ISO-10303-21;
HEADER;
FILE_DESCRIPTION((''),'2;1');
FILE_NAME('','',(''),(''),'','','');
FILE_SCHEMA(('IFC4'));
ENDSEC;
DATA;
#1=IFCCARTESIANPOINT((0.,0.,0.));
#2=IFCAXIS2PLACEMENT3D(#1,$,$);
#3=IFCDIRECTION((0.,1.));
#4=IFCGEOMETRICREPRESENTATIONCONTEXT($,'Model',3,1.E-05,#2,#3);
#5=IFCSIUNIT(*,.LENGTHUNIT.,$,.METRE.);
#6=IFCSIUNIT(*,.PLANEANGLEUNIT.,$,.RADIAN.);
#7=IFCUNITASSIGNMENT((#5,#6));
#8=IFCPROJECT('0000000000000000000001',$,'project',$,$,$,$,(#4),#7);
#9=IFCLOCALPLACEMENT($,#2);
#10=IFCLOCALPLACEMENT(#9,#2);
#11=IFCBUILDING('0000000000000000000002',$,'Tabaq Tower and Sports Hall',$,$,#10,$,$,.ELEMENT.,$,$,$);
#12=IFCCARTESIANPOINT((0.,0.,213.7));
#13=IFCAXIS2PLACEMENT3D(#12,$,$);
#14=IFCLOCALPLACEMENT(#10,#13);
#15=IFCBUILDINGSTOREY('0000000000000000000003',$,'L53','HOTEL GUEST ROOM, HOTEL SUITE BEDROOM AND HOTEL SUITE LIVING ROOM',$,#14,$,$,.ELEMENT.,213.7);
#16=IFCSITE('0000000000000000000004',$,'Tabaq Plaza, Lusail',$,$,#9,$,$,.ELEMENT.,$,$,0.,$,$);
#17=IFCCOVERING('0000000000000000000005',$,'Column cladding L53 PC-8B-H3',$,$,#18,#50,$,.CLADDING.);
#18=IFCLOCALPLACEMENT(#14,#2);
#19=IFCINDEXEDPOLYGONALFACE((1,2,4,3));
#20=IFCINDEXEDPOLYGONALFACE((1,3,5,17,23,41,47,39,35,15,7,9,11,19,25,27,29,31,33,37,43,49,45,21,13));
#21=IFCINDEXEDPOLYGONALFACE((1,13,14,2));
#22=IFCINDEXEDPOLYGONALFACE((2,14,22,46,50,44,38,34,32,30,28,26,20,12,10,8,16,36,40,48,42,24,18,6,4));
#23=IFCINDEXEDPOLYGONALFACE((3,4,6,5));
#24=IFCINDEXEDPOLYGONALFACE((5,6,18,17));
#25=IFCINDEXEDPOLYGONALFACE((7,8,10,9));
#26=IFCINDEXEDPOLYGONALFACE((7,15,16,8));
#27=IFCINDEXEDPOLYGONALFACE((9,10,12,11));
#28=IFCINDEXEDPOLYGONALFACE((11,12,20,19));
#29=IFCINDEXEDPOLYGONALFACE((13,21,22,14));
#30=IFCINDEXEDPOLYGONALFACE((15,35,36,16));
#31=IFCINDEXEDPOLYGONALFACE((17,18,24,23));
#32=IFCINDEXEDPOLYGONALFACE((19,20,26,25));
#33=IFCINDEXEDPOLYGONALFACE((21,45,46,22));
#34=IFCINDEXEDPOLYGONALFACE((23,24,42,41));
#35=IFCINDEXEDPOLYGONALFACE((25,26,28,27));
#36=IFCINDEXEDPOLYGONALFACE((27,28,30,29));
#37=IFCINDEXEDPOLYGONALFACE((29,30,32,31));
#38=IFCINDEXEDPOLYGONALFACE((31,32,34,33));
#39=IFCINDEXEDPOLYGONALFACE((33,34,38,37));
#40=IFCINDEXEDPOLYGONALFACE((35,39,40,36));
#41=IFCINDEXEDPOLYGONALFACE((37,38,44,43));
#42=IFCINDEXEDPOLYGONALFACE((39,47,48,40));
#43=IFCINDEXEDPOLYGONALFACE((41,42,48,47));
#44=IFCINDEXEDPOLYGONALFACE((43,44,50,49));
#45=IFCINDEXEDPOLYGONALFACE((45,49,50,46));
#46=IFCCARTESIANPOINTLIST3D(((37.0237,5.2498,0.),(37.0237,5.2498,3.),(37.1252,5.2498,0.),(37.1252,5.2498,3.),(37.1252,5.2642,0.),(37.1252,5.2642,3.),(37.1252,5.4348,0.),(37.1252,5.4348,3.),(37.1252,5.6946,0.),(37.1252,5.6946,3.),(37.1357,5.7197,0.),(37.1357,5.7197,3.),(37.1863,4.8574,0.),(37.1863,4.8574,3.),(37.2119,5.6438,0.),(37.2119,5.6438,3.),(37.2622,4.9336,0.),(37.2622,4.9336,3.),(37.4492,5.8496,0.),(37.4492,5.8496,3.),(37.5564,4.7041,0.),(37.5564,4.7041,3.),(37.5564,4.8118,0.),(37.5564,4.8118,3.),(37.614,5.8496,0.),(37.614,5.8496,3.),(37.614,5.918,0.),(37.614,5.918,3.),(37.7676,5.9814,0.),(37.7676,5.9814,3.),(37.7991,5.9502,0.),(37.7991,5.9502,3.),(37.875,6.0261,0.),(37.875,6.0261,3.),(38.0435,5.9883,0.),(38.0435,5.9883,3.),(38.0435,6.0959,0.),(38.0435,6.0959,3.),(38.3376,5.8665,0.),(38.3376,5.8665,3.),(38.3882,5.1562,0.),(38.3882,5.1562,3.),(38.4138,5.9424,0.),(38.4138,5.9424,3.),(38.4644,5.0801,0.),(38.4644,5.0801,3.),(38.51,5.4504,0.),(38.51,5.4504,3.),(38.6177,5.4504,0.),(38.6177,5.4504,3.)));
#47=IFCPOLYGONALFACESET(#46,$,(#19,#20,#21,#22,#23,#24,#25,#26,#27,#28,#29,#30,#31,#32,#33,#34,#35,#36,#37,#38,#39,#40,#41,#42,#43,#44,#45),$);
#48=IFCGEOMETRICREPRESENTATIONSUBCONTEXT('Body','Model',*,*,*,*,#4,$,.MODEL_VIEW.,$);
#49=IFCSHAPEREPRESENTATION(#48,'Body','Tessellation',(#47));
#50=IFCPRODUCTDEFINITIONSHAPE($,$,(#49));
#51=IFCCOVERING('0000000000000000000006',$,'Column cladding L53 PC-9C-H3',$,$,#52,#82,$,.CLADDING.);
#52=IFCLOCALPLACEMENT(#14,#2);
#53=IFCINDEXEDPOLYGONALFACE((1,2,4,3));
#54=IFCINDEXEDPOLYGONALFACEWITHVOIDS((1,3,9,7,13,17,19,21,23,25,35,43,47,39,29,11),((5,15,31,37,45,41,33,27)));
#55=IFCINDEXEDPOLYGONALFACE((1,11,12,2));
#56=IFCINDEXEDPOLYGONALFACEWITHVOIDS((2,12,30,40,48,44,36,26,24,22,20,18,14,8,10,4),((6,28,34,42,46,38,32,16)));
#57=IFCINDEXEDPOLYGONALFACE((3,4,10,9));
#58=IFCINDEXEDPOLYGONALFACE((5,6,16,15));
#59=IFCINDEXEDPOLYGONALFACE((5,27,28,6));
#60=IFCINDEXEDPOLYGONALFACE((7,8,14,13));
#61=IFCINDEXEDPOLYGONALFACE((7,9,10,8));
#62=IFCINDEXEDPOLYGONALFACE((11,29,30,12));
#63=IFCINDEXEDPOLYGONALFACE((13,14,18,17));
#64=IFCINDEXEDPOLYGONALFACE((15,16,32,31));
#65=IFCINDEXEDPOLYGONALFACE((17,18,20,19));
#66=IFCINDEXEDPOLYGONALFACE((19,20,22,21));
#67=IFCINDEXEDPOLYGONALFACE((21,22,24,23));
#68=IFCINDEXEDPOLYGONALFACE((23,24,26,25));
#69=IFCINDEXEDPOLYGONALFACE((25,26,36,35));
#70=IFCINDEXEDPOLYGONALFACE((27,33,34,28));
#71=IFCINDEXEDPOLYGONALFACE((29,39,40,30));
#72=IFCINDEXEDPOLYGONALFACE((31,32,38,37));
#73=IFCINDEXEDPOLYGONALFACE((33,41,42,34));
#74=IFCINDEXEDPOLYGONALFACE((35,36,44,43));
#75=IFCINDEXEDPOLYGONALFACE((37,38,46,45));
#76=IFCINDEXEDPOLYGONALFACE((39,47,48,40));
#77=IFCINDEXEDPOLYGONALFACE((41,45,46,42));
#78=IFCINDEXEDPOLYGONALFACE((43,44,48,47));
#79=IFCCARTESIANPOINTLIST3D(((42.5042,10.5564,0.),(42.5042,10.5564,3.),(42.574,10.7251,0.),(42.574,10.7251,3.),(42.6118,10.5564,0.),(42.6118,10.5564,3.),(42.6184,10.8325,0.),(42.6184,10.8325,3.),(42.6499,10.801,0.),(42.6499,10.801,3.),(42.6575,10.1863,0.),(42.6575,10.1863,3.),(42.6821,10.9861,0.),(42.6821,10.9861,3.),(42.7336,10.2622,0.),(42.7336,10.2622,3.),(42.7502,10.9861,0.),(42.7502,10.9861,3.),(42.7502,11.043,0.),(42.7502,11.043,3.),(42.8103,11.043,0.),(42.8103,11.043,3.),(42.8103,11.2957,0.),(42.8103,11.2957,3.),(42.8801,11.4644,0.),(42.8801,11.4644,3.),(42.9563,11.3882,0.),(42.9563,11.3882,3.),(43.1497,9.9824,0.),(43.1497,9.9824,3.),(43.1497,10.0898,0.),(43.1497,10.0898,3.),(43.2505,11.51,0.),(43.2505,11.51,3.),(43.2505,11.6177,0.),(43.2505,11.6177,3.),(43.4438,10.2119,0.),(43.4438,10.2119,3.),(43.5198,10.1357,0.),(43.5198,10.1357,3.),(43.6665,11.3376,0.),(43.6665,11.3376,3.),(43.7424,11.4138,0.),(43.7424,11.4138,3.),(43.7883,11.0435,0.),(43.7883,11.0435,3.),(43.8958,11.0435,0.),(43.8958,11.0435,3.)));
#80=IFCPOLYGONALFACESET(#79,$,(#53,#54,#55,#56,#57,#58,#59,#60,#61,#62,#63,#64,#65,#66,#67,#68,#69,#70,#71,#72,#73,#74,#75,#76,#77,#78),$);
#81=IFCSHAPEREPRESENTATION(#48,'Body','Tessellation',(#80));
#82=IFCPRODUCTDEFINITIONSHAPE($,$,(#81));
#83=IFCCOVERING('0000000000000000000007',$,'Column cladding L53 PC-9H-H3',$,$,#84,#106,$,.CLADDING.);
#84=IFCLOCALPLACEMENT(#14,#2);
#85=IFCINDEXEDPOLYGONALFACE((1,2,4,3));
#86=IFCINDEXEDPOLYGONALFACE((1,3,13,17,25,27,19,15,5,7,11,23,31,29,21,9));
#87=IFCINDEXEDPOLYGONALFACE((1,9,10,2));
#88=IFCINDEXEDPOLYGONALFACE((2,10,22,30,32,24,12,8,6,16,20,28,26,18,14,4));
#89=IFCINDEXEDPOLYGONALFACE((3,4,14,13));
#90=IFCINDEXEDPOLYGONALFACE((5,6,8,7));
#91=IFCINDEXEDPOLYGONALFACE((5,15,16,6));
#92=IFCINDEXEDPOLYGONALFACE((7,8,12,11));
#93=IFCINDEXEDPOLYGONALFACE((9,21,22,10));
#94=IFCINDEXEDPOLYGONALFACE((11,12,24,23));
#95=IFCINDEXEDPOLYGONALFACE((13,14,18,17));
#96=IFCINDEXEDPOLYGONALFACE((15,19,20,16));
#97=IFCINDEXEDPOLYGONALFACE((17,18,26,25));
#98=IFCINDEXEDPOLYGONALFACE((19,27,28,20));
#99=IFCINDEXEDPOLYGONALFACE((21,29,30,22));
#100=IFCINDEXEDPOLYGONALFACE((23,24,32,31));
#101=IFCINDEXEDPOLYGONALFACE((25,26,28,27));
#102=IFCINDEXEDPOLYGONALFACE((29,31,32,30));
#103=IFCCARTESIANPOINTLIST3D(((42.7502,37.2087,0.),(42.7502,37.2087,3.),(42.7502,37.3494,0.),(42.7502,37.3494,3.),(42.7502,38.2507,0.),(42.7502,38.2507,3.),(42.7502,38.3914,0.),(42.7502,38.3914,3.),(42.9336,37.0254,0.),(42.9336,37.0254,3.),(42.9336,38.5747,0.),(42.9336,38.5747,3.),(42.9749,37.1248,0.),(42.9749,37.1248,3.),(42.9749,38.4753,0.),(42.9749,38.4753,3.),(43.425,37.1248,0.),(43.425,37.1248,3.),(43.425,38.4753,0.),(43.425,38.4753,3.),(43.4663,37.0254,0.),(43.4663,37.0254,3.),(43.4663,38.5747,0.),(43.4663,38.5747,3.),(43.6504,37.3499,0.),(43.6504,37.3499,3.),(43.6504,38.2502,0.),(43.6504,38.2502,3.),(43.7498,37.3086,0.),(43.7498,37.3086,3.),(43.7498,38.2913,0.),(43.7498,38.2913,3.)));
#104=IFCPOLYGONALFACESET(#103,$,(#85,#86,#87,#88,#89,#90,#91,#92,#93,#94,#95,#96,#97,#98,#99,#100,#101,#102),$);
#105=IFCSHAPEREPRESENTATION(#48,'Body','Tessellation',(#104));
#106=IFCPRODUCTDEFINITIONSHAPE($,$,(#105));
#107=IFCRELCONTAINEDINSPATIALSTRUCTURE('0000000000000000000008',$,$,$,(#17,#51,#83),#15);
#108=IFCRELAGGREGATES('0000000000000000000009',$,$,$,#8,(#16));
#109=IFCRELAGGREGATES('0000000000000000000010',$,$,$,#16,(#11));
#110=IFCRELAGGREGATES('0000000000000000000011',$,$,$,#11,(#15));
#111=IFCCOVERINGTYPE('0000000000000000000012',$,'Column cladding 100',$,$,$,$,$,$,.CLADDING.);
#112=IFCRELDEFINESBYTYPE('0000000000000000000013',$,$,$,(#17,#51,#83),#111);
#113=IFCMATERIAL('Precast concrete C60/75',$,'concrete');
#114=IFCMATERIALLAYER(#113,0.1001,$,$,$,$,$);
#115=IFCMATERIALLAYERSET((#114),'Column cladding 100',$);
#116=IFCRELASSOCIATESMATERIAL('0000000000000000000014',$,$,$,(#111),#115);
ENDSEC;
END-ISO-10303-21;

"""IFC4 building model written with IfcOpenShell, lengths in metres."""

from ifc_helpers import new_model, si_unit, direction, frame, origin, place, context, subcontext, project, spatial, polyline, outline, extrude, material, layer, layer_set, type_object, element, save


model = new_model("IFC4")

# Units and contexts
model_context = context("Model", 3, precision=1e-05, world=origin(), true_north=direction((0.0, 1.0)))
body_context = subcontext(model_context, "Body", "Model", "MODEL_VIEW")
ifc_project = project(units=[si_unit("LENGTHUNIT", "METRE"), si_unit("PLANEANGLEUNIT", "RADIAN")], contexts=[model_context])

# Site, building, storey
site_placement = place(None, origin())
site = spatial("IfcSite", under=ifc_project, at=site_placement, Name="Tabaq Plaza, Lusail", CompositionType="ELEMENT", RefElevation=0.0)
building_placement = place(site_placement, origin())
building = spatial("IfcBuilding", under=site, at=building_placement, Name="Tabaq Tower and Sports Hall", CompositionType="ELEMENT")
storey_placement = place(building_placement, frame((0.0, 0.0, 213.7)))
storey = spatial("IfcBuildingStorey", under=building, at=storey_placement, Name="L53", Description="HOTEL GUEST ROOM, HOTEL SUITE BEDROOM AND HOTEL SUITE LIVING ROOM", CompositionType="ELEMENT", Elevation=213.7)

# Coverings
ifc_material_1 = material(Name="Precast concrete C60/75", Category="concrete")
ifc_layer_1 = layer(ifc_material_1, 0.1001)
ifc_layer_set_1 = layer_set([ifc_layer_1], Name="Column cladding 100")
covering_type = type_object("IfcCoveringType", Name="Column cladding 100", PredefinedType="CLADDING", material=ifc_layer_set_1)
covering_1_placement = place(storey_placement, origin())
element("IfcCovering", 1, at=covering_1_placement, inside=storey, type_object=covering_type, Name="Column cladding L53 PC-8B-H3", PredefinedType="CLADDING", context=body_context, shape_type="SweptSolid", body=[
    extrude(outline(polyline([(37.0237, 5.2498), (37.1252, 5.2498), (37.1252, 5.2642), (37.2622, 4.9336), (37.5564, 4.8118), (38.3882, 5.1562), (38.51, 5.4504), (38.3376, 5.8665), (38.0435, 5.9883), (37.2119, 5.6438), (37.1252, 5.4348), (37.1252, 5.6946), (37.1357, 5.7197), (37.4492, 5.8496), (37.614, 5.8496), (37.614, 5.918), (37.7676, 5.9814), (37.7991, 5.9502), (37.875, 6.0261), (38.0435, 6.0959), (38.4138, 5.9424), (38.6177, 5.4504), (38.4644, 5.0801), (37.5564, 4.7041), (37.1863, 4.8574), (37.0237, 5.2498)])), origin(), (0.0, 0.0, 1.0), 3.0),
])
covering_2_placement = place(storey_placement, origin())
element("IfcCovering", 2, at=covering_2_placement, inside=storey, type_object=covering_type, Name="Column cladding L53 PC-9C-H3", PredefinedType="CLADDING", context=body_context, shape_type="SweptSolid", body=[
    extrude(outline(polyline([(42.6575, 10.1863), (42.5042, 10.5564), (42.574, 10.7251), (42.6499, 10.801), (42.6184, 10.8325), (42.6821, 10.9861), (42.7502, 10.9861), (42.7502, 11.043), (42.8103, 11.043), (42.8103, 11.2957), (42.8801, 11.4644), (43.2505, 11.6177), (43.7424, 11.4138), (43.8958, 11.0435), (43.5198, 10.1357), (43.1497, 9.9824), (42.6575, 10.1863)]), holes=[polyline([(43.6665, 11.3376), (43.2505, 11.51), (42.9563, 11.3882), (42.6118, 10.5564), (42.7336, 10.2622), (43.1497, 10.0898), (43.4438, 10.2119), (43.7883, 11.0435), (43.6665, 11.3376)])]), origin(), (0.0, 0.0, 1.0), 3.0),
])
covering_3_placement = place(storey_placement, origin())
element("IfcCovering", 3, at=covering_3_placement, inside=storey, type_object=covering_type, Name="Column cladding L53 PC-9H-H3", PredefinedType="CLADDING", context=body_context, shape_type="SweptSolid", body=[
    extrude(outline(polyline([(42.9336, 37.0254), (42.7502, 37.2087), (42.7502, 37.3494), (42.9749, 37.1248), (43.425, 37.1248), (43.6504, 37.3499), (43.6504, 38.2502), (43.425, 38.4753), (42.9749, 38.4753), (42.7502, 38.2507), (42.7502, 38.3914), (42.9336, 38.5747), (43.4663, 38.5747), (43.7498, 38.2913), (43.7498, 37.3086), (43.4663, 37.0254), (42.9336, 37.0254)])), origin(), (0.0, 0.0, 1.0), 3.0),
])

save(model, "model.ifc")
